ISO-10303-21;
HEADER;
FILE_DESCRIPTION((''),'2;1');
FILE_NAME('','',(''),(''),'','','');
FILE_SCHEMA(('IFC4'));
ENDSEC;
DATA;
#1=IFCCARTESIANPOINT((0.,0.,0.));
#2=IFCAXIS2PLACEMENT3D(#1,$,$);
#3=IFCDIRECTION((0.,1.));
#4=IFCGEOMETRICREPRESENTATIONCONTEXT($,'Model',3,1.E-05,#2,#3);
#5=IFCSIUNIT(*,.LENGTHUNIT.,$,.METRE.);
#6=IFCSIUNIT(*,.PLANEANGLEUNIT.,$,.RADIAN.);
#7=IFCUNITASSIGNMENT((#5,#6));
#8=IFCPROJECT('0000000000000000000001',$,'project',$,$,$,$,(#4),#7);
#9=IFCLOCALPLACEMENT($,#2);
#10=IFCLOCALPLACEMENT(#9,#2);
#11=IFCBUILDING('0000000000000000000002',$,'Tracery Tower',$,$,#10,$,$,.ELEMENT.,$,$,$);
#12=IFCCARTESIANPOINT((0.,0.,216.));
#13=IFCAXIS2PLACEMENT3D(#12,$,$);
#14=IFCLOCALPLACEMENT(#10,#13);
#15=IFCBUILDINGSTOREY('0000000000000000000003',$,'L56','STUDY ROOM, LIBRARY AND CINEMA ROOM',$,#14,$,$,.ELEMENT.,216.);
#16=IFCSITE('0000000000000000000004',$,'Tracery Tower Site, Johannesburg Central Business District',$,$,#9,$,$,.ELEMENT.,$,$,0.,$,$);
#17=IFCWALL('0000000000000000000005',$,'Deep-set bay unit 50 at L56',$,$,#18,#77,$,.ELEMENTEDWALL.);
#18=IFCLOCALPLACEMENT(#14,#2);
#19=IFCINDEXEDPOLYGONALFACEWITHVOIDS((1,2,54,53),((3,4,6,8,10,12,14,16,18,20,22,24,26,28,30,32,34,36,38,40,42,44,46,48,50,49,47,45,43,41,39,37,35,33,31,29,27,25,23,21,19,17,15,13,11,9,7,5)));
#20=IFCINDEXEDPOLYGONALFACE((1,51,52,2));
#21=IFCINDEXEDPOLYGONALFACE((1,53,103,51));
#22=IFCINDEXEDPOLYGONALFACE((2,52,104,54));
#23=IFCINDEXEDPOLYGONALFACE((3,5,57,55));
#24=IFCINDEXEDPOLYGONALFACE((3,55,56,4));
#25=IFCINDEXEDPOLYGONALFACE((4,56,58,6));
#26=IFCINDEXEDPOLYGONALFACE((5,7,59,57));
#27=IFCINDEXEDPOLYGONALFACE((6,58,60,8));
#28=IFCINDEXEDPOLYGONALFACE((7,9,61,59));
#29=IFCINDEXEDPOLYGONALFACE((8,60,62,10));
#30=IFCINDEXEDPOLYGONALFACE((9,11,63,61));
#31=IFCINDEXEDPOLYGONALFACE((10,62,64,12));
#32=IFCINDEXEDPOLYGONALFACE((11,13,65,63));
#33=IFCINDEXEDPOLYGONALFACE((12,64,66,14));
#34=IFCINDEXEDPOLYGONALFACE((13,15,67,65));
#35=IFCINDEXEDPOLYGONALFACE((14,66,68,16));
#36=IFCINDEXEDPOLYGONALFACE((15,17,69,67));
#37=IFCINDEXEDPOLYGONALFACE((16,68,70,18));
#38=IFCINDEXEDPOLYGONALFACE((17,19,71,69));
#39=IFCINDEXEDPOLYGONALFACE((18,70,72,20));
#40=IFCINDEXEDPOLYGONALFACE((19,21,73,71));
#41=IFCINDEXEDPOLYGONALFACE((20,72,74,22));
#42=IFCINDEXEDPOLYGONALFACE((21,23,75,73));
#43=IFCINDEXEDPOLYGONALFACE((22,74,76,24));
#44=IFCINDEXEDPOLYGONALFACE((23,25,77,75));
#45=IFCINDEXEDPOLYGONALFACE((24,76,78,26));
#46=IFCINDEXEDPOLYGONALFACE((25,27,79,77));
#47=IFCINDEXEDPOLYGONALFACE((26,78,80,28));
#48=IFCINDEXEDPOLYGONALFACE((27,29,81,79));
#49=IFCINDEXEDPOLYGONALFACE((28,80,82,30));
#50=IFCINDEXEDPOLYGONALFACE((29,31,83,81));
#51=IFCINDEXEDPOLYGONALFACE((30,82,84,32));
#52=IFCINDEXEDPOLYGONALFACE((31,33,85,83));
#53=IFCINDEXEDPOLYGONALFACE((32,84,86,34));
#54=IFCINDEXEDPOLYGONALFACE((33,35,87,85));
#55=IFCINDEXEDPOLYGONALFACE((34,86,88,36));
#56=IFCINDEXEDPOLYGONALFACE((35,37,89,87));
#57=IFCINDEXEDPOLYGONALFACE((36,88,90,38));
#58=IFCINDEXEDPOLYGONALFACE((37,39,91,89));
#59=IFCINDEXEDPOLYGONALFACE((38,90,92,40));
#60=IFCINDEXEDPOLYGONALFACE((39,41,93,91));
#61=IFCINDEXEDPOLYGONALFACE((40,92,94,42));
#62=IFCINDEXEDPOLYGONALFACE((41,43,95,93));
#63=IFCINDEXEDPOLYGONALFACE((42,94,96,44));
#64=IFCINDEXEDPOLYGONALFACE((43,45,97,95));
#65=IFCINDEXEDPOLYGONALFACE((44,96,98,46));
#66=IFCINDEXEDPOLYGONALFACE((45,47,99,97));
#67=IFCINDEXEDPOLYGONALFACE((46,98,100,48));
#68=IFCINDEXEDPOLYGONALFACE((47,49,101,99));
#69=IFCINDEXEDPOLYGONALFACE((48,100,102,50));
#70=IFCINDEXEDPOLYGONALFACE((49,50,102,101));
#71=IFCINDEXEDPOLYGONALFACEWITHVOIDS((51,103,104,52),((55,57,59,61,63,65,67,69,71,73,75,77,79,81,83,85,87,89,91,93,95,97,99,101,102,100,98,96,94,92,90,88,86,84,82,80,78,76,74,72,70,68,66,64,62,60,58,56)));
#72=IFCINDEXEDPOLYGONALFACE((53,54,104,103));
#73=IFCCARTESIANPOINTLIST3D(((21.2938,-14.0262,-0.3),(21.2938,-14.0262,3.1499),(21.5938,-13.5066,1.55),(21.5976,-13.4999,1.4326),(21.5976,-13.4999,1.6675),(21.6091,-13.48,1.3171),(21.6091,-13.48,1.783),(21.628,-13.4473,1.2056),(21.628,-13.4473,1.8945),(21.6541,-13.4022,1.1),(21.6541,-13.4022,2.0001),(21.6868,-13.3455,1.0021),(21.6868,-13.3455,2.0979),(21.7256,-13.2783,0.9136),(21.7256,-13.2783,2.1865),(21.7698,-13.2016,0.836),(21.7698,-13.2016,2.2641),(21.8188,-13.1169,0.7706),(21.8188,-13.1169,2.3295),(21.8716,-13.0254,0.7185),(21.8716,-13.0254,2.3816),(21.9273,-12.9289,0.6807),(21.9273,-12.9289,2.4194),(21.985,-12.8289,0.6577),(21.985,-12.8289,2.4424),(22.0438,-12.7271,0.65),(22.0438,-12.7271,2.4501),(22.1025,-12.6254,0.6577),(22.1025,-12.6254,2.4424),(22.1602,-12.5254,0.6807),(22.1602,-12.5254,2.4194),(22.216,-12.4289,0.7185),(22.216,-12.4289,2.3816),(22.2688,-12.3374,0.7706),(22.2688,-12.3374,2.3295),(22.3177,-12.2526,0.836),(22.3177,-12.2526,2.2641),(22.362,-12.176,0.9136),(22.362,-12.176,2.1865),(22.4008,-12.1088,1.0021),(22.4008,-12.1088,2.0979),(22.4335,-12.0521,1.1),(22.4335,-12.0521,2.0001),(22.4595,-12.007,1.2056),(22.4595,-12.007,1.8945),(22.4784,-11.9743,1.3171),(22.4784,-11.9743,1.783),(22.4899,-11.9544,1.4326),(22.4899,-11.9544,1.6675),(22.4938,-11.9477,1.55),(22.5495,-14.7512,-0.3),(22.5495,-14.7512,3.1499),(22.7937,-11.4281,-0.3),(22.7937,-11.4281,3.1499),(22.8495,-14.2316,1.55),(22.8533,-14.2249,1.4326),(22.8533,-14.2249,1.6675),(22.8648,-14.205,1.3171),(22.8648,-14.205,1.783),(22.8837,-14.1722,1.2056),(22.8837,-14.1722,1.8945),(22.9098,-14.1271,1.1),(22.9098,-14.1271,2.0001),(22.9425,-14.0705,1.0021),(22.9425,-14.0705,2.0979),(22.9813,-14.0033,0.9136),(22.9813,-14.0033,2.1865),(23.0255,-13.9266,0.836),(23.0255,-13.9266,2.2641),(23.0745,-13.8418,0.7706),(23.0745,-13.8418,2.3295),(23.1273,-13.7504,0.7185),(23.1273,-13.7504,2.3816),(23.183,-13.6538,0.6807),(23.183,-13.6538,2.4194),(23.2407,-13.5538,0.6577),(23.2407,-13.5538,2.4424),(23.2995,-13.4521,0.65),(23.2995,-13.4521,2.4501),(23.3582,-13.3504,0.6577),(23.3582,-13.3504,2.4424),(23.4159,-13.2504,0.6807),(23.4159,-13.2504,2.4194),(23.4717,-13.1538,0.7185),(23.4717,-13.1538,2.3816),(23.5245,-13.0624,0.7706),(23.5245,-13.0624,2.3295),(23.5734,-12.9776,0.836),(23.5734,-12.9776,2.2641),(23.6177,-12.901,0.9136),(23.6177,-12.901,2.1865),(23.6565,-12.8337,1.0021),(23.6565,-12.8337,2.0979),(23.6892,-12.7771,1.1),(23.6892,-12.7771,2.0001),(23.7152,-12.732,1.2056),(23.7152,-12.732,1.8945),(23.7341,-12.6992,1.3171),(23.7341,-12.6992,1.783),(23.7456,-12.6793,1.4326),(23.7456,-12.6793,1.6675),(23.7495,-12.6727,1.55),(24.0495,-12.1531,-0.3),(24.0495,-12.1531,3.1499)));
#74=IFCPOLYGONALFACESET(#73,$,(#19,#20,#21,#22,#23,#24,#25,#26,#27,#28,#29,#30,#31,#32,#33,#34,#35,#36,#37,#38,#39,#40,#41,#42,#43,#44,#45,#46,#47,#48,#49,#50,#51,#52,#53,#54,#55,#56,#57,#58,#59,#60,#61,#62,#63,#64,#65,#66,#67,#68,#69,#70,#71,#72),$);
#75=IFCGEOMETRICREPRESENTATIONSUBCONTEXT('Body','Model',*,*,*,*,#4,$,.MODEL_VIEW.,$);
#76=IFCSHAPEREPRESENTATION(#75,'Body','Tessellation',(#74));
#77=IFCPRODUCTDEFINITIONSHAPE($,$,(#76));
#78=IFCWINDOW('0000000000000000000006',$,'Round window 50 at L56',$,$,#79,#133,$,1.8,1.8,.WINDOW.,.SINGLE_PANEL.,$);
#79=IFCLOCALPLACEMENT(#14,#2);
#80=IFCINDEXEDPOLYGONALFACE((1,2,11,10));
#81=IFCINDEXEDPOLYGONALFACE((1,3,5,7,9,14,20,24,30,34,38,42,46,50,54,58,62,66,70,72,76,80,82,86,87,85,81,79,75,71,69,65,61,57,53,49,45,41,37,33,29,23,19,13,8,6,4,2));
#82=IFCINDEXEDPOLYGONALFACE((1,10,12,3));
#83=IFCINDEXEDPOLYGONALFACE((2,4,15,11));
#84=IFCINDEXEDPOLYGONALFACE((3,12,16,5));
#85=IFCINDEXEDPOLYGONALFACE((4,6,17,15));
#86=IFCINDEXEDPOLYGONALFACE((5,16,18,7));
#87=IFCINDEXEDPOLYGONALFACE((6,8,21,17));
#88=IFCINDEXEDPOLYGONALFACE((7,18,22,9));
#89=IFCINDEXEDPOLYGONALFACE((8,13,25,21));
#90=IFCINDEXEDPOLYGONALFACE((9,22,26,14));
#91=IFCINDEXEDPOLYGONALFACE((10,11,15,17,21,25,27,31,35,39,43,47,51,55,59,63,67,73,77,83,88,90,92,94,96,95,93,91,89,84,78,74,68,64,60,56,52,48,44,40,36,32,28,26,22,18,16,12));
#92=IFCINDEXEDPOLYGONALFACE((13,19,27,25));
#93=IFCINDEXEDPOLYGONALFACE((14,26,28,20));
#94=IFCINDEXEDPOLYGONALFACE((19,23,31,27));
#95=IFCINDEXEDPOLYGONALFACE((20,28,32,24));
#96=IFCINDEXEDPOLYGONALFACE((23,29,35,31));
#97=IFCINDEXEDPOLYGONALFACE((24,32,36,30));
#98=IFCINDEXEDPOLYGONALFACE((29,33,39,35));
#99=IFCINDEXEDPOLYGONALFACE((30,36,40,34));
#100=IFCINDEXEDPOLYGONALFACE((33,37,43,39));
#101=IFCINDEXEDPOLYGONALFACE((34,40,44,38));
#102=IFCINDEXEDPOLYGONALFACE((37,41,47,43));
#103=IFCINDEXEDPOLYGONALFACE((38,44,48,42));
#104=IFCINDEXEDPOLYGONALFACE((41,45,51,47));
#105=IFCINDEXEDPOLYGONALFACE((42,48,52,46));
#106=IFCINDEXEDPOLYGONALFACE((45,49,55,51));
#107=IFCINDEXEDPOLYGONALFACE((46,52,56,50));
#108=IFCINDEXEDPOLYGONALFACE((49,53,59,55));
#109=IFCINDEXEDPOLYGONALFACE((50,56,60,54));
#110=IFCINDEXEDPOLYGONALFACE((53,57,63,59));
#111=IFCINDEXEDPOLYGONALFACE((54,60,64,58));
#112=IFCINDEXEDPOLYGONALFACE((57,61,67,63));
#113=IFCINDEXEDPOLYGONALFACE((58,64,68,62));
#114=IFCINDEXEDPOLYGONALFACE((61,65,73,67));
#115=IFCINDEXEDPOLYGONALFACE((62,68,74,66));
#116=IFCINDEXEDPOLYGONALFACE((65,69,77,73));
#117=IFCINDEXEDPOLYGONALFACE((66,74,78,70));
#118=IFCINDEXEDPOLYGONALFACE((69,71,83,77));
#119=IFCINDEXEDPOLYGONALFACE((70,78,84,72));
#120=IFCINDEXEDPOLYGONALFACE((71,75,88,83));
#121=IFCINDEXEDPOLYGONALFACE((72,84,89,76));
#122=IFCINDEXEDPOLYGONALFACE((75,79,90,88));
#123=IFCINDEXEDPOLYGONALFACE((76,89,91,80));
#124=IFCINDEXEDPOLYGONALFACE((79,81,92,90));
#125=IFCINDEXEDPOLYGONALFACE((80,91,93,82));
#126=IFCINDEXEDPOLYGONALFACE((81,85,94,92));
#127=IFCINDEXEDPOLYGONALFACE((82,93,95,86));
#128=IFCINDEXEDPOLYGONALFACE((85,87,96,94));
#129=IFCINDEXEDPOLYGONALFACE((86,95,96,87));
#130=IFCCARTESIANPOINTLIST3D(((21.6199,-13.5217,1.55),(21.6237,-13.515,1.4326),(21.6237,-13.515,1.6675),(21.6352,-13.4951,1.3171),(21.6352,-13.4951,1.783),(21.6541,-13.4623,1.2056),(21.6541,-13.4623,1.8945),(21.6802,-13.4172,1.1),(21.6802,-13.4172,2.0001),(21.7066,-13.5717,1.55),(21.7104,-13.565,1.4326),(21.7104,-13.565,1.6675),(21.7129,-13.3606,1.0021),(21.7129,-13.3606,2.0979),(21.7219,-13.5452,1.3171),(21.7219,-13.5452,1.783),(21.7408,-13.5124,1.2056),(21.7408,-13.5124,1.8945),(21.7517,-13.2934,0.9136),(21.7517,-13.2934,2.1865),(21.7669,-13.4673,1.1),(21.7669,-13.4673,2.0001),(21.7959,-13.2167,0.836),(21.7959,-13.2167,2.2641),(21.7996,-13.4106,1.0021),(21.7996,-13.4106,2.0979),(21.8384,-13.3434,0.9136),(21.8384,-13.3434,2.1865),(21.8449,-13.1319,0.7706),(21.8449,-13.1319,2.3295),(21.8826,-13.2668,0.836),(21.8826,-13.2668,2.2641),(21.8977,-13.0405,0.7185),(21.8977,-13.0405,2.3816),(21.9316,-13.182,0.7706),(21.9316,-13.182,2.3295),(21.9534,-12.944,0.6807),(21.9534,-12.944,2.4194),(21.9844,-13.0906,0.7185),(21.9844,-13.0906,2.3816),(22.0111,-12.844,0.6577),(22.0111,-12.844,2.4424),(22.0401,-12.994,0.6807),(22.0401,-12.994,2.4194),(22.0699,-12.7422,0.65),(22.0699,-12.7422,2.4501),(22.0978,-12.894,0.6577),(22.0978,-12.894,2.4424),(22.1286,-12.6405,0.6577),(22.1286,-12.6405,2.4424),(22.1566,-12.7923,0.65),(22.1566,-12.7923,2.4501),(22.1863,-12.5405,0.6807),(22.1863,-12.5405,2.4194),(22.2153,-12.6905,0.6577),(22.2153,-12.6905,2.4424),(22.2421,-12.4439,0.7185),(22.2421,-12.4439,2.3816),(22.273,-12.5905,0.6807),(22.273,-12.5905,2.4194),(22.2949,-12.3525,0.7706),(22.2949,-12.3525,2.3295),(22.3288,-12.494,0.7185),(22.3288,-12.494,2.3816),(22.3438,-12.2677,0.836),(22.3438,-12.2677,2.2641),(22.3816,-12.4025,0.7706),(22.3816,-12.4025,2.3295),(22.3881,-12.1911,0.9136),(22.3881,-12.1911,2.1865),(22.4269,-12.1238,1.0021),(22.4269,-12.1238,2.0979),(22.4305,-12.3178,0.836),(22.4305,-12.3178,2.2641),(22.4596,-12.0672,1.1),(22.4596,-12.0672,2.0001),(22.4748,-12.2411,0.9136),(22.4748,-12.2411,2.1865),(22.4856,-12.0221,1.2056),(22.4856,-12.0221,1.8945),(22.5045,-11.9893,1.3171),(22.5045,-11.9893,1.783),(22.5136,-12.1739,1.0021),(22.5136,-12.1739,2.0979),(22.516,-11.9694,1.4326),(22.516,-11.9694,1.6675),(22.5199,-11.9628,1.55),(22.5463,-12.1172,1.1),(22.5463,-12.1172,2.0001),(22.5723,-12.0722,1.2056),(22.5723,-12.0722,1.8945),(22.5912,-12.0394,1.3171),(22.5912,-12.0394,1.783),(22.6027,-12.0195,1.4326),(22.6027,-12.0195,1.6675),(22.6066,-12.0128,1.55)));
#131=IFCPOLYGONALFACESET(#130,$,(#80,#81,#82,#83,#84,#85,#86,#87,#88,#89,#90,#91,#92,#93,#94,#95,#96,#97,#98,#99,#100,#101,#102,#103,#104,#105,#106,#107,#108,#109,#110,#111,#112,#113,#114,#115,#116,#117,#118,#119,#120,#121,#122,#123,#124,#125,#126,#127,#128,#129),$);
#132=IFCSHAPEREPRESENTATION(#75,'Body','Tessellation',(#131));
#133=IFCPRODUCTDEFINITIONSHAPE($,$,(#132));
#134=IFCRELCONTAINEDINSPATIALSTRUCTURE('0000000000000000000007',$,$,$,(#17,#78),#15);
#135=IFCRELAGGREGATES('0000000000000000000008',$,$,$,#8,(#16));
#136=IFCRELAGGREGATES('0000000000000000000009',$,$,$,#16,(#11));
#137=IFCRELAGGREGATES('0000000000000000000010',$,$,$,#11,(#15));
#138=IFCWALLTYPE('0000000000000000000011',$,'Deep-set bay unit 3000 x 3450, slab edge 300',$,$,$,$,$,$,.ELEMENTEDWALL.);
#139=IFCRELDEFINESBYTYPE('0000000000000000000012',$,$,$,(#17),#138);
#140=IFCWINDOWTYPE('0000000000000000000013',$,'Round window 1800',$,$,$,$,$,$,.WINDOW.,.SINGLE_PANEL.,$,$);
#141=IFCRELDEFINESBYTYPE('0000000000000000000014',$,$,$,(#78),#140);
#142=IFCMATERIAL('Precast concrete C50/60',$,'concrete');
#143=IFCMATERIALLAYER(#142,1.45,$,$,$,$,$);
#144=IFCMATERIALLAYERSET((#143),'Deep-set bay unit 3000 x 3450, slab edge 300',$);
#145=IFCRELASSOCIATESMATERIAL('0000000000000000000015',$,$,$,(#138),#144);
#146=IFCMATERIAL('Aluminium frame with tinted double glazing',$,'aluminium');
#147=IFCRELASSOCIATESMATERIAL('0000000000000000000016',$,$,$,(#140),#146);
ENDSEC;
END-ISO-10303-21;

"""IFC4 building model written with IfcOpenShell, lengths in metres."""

from ifc_helpers import new_model, si_unit, direction, frame, frame_2d, origin, origin_2d, place, context, subcontext, project, spatial, rectangle, circle, extrude, material, layer, layer_set, type_object, element, fill, save


model = new_model("IFC4")

# Units and contexts
model_context = context("Model", 3, precision=1e-05, world=origin(), true_north=direction((0.0, 1.0)))
body_context = subcontext(model_context, "Body", "Model", "MODEL_VIEW")
ifc_project = project(units=[si_unit("LENGTHUNIT", "METRE"), si_unit("PLANEANGLEUNIT", "RADIAN")], contexts=[model_context])

# Site, building, storey
site_placement = place(None, origin())
site = spatial("IfcSite", under=ifc_project, at=site_placement, Name="Tracery Tower Site, Johannesburg Central Business District", CompositionType="ELEMENT", RefElevation=0.0)
building_placement = place(site_placement, origin())
building = spatial("IfcBuilding", under=site, at=building_placement, Name="Tracery Tower", CompositionType="ELEMENT")
storey_placement = place(building_placement, frame((0.0, 0.0, 216.0)))
storey = spatial("IfcBuildingStorey", under=building, at=storey_placement, Name="L56", Description="STUDY ROOM, LIBRARY AND CINEMA ROOM", CompositionType="ELEMENT", Elevation=216.0)

# Wall, opening, window
ifc_material_1 = material(Name="Precast concrete C50/60", Category="concrete")
ifc_layer_1 = layer(ifc_material_1, 1.45)
ifc_layer_set_1 = layer_set([ifc_layer_1], Name="Deep-set bay unit 3000 x 3450, slab edge 300")
wall_type_1 = type_object("IfcWallType", Name="Deep-set bay unit 3000 x 3450, slab edge 300", PredefinedType="ELEMENTEDWALL", material=ifc_layer_set_1)
ifc_material_2 = material(Name="Aluminium frame with tinted double glazing", Category="aluminium")
window_type = type_object("IfcWindowType", Name="Round window 1800", PartitioningType="SINGLE_PANEL", PredefinedType="WINDOW", material=ifc_material_2)
wall_1_placement = place(storey_placement, frame((21.9216, -14.3887, -0.3), z_axis=(0.0, 0.0, 1.0), x_axis=(0.49999, 0.866031, 0.0)))
wall_1 = element("IfcWall", 1, at=wall_1_placement, inside=storey, type_object=wall_type_1, Name="Deep-set bay unit 50 at L56", PredefinedType="ELEMENTEDWALL", context=body_context, shape_type="SweptSolid", body=[
    extrude(rectangle(XDim=3.0, YDim=1.45, at=frame_2d((1.5, 0.0))), origin(), (0.0, 0.0, 1.0), 3.45),
])
opening_1_placement = place(wall_1_placement, frame((1.5, 0.0, 1.8501)))
opening_1 = element("IfcOpeningElement", 2, at=opening_1_placement, cuts=wall_1, PredefinedType="OPENING", context=body_context, shape_type="SweptSolid", body=[
    extrude(circle(Radius=0.9, at=origin_2d()), frame((0.0, 0.7349, 0.0), z_axis=(0.0, -1.0, 0.0), x_axis=(1.0, 0.0, 0.0)), (0.0, 0.0, 1.0), 1.47),
])
window_1_placement = place(opening_1_placement, origin())
window_1 = element("IfcWindow", 3, at=window_1_placement, inside=storey, type_object=window_type, Name="Round window 50 at L56", OverallHeight=1.8, OverallWidth=1.8, PartitioningType="SINGLE_PANEL", PredefinedType="WINDOW", context=body_context, shape_type="SweptSolid", body=[
    extrude(circle(Radius=0.9, at=origin_2d()), frame((0.0, 0.6948, 0.0), z_axis=(0.0, -1.0, 0.0), x_axis=(1.0, 0.0, 0.0)), (0.0, 0.0, 1.0), 0.1001),
])
fill(opening_1, window_1)

save(model, "model.ifc")
